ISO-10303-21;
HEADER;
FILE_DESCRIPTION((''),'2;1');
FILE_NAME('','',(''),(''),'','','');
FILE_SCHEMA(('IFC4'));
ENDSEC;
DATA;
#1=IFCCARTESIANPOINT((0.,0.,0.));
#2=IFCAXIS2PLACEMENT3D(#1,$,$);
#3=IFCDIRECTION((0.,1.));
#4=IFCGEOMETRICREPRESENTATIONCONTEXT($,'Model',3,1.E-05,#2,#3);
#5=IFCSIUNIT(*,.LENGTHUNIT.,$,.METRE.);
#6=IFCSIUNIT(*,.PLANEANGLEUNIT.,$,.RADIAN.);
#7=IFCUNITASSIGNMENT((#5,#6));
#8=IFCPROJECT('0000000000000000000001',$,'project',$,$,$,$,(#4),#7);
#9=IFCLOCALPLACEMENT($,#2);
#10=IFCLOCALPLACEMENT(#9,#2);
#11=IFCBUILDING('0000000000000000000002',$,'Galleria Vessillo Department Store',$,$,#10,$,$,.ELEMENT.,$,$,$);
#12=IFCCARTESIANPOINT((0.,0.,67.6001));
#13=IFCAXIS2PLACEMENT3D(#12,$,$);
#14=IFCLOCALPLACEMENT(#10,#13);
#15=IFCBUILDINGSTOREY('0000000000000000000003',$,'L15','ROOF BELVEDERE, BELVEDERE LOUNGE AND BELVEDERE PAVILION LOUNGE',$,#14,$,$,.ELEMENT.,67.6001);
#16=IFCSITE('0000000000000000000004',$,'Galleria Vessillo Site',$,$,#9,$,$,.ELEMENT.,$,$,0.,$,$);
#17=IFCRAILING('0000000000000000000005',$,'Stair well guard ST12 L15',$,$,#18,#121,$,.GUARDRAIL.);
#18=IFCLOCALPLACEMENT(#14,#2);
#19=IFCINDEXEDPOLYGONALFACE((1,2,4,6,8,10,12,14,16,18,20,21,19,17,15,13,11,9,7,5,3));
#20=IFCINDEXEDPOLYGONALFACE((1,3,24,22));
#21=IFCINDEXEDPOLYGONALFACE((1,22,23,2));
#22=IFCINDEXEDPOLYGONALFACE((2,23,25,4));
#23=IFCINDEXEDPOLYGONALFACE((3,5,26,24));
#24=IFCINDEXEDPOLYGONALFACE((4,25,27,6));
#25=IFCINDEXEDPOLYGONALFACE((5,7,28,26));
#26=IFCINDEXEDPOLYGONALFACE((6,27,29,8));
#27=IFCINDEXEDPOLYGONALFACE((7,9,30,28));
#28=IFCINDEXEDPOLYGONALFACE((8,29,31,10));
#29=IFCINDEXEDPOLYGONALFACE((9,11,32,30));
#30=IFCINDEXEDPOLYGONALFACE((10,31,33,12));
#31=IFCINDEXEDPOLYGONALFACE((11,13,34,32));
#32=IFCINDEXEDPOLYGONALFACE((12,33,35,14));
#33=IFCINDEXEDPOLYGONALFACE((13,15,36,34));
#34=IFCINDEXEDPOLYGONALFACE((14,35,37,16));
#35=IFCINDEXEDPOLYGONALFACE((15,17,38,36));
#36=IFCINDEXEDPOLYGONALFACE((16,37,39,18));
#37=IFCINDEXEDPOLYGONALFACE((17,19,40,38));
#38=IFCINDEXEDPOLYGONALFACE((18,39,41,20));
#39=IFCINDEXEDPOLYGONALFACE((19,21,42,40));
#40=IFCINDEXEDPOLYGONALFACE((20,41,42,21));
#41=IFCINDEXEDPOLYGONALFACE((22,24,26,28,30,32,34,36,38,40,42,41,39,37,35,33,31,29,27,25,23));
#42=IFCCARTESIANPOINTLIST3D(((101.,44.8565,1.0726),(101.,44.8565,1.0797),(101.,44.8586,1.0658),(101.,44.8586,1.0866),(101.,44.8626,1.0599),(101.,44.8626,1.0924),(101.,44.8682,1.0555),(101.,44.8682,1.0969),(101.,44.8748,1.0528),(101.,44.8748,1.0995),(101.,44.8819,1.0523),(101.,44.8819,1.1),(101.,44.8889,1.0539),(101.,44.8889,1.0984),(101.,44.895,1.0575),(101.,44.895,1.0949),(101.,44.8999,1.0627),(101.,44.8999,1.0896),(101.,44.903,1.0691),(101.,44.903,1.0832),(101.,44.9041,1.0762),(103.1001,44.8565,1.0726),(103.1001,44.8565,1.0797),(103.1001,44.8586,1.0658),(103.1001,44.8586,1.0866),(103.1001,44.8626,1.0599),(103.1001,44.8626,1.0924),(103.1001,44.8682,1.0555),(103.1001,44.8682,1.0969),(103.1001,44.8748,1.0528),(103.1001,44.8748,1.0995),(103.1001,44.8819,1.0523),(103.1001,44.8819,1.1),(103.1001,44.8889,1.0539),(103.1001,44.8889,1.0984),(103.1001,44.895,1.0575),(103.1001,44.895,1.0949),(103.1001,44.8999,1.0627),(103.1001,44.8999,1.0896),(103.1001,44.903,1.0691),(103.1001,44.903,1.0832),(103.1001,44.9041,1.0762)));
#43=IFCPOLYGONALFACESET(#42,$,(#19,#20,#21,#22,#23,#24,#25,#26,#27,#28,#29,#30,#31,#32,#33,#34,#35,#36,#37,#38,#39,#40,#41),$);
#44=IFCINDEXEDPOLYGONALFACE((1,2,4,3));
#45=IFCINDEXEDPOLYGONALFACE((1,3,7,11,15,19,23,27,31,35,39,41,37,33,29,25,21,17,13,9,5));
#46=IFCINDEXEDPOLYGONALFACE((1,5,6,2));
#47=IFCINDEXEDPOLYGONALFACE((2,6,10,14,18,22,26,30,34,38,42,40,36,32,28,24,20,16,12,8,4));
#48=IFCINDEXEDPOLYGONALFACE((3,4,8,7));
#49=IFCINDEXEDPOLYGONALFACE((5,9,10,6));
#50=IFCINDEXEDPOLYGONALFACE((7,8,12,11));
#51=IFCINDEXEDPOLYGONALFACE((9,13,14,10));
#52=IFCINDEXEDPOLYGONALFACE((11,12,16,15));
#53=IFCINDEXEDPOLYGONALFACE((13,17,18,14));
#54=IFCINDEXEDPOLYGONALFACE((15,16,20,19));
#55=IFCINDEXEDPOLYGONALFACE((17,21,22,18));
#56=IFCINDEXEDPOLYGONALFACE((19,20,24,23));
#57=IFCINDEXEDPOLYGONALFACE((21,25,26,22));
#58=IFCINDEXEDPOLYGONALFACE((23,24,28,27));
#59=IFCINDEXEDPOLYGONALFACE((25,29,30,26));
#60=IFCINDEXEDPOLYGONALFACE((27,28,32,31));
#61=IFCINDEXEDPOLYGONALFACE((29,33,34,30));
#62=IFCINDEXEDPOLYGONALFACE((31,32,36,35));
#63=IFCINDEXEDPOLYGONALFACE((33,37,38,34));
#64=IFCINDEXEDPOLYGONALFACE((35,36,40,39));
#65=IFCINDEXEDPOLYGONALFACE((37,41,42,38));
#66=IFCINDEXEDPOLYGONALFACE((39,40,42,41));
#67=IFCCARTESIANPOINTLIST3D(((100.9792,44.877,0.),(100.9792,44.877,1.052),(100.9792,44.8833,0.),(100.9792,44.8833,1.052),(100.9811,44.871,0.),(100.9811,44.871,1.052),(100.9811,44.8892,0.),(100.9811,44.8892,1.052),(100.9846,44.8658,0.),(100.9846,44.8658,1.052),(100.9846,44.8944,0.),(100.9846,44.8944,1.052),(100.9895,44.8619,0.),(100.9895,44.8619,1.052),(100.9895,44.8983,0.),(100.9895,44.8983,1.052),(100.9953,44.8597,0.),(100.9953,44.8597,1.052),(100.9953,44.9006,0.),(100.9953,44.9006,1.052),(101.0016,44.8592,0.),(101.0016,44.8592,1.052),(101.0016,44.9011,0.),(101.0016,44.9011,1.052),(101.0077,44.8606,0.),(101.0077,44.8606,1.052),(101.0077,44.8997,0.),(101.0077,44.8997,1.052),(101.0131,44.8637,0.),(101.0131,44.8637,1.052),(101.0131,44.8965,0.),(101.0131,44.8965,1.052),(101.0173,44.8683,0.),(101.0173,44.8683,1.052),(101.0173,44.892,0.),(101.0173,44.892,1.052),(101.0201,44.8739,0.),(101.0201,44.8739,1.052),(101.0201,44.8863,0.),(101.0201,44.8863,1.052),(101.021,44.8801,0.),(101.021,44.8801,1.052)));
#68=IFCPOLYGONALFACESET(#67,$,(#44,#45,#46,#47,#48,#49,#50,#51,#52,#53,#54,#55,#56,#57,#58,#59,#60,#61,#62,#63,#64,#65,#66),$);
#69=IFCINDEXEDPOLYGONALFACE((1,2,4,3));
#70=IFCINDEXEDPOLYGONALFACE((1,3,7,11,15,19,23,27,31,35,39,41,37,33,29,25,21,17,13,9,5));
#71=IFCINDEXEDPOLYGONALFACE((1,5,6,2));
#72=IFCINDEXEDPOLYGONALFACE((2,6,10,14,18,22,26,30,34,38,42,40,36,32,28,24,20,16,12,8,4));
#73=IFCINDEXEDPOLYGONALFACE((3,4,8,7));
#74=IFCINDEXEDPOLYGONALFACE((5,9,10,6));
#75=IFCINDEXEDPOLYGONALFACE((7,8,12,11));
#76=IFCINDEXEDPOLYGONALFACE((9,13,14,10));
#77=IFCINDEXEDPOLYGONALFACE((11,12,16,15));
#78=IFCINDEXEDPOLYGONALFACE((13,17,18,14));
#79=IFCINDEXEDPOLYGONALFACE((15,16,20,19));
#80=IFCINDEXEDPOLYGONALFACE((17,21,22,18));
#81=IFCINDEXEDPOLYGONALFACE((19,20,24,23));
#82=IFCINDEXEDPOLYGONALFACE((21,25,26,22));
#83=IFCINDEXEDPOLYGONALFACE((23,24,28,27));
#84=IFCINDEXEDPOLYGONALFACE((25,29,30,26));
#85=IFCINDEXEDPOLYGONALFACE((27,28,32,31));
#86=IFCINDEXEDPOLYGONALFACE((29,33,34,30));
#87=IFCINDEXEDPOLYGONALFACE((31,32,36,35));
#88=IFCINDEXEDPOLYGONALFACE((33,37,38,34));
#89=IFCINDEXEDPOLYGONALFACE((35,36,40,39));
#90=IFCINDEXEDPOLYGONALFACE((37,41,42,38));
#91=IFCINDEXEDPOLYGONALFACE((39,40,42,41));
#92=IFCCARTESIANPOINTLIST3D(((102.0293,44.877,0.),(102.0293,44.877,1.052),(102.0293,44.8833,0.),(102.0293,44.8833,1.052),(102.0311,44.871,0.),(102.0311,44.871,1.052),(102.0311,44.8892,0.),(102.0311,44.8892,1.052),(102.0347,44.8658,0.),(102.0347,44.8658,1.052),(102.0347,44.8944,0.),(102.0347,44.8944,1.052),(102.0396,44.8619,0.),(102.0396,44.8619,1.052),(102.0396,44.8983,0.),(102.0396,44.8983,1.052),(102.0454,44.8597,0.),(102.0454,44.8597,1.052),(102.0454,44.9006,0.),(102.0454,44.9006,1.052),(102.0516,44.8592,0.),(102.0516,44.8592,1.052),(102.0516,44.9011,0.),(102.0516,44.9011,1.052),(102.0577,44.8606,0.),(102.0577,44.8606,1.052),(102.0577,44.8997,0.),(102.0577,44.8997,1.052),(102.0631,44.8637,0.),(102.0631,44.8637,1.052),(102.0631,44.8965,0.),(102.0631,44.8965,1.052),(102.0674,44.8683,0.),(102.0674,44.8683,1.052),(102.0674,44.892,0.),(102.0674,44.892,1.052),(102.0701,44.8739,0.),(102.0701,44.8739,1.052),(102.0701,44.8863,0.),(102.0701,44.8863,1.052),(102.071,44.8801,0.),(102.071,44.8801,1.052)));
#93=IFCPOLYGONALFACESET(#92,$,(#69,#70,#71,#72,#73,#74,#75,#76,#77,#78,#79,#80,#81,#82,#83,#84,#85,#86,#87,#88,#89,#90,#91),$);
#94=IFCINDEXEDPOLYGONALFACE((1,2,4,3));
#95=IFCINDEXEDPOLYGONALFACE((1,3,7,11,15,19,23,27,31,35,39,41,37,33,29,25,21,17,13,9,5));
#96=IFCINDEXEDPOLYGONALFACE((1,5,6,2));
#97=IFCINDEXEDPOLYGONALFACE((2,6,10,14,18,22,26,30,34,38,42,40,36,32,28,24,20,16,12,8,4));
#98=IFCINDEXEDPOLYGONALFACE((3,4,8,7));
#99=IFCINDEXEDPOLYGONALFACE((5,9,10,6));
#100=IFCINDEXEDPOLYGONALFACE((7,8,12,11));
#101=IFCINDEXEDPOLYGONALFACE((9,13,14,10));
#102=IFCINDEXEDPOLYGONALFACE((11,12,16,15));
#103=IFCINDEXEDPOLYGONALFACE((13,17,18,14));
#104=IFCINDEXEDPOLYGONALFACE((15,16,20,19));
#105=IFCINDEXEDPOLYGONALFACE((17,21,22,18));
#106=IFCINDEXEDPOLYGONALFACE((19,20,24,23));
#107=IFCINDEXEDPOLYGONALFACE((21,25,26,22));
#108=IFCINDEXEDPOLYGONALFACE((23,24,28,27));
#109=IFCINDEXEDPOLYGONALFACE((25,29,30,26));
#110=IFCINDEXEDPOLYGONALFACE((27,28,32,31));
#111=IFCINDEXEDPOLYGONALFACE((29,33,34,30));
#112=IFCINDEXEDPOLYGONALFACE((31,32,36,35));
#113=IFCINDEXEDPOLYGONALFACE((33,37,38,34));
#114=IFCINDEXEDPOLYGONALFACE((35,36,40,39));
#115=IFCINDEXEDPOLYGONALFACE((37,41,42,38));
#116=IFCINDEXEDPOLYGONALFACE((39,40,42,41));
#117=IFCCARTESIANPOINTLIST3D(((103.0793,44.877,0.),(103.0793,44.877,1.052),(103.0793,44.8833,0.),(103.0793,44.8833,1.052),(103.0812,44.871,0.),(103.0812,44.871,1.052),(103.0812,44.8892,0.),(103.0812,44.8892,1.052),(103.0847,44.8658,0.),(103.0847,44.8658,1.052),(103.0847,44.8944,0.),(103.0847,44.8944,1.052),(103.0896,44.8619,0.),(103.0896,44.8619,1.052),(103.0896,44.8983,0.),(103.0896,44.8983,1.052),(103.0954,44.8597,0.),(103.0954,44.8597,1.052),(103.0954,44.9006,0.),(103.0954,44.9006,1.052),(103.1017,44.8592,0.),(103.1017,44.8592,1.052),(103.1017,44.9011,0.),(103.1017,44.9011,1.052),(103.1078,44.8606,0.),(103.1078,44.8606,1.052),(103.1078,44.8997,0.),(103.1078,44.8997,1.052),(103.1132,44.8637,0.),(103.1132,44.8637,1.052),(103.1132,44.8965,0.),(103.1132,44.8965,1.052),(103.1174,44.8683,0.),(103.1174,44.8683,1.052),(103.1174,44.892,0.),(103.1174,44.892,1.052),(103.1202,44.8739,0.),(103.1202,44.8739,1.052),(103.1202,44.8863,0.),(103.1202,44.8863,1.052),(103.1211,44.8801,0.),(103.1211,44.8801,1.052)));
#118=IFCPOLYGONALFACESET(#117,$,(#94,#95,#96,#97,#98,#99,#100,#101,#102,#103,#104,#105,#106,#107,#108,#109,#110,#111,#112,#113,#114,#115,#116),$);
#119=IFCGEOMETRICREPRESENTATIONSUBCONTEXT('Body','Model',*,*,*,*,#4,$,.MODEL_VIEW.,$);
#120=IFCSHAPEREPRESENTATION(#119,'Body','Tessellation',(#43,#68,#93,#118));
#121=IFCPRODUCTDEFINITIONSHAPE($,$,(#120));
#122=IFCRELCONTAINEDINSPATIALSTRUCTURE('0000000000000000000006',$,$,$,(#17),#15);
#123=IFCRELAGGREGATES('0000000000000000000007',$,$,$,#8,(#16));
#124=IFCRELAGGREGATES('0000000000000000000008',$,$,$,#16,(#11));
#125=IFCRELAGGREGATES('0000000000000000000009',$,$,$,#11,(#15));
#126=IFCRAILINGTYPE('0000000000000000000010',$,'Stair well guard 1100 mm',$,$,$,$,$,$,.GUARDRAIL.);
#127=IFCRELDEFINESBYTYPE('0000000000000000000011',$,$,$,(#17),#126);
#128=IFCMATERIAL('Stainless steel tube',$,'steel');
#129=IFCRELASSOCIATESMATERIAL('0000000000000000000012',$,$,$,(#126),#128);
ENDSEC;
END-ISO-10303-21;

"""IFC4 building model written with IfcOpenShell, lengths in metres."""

from ifc_helpers import new_model, si_unit, direction, frame, origin, origin_2d, place, context, subcontext, project, spatial, circle, extrude, material, type_object, element, save


model = new_model("IFC4")

# Units and contexts
model_context = context("Model", 3, precision=1e-05, world=origin(), true_north=direction((0.0, 1.0)))
body_context = subcontext(model_context, "Body", "Model", "MODEL_VIEW")
ifc_project = project(units=[si_unit("LENGTHUNIT", "METRE"), si_unit("PLANEANGLEUNIT", "RADIAN")], contexts=[model_context])

# Site, building, storey
site_placement = place(None, origin())
site = spatial("IfcSite", under=ifc_project, at=site_placement, Name="Galleria Vessillo Site", CompositionType="ELEMENT", RefElevation=0.0)
building_placement = place(site_placement, origin())
building = spatial("IfcBuilding", under=site, at=building_placement, Name="Galleria Vessillo Department Store", CompositionType="ELEMENT")
storey_placement = place(building_placement, frame((0.0, 0.0, 67.6001)))
storey = spatial("IfcBuildingStorey", under=building, at=storey_placement, Name="L15", Description="ROOF BELVEDERE, BELVEDERE LOUNGE AND BELVEDERE PAVILION LOUNGE", CompositionType="ELEMENT", Elevation=67.6001)

# Railing
ifc_material_1 = material(Name="Stainless steel tube", Category="steel")
railing_type = type_object("IfcRailingType", Name="Stair well guard 1100 mm", PredefinedType="GUARDRAIL", material=ifc_material_1)
railing_placement = place(storey_placement, frame((101.0, 44.8801, 0.0)))
element("IfcRailing", 1, at=railing_placement, inside=storey, type_object=railing_type, Name="Stair well guard ST12 L15", PredefinedType="GUARDRAIL", context=body_context, shape_type="SweptSolid", body=[
    extrude(circle(Radius=0.0239, at=origin_2d()), frame((0.0, 0.0, 1.0762), z_axis=(1.0, 0.0, 0.0), x_axis=(0.0, 1.0, 0.0)), (0.0, 0.0, 1.0), 2.1001),
    extrude(circle(Radius=0.021, at=origin_2d()), origin(), (0.0, 0.0, 1.0), 1.052),
    extrude(circle(Radius=0.021, at=origin_2d()), frame((1.05, 0.0, 0.0)), (0.0, 0.0, 1.0), 1.052),
    extrude(circle(Radius=0.021, at=origin_2d()), frame((2.1001, 0.0, 0.0)), (0.0, 0.0, 1.0), 1.052),
])

save(model, "model.ifc")
